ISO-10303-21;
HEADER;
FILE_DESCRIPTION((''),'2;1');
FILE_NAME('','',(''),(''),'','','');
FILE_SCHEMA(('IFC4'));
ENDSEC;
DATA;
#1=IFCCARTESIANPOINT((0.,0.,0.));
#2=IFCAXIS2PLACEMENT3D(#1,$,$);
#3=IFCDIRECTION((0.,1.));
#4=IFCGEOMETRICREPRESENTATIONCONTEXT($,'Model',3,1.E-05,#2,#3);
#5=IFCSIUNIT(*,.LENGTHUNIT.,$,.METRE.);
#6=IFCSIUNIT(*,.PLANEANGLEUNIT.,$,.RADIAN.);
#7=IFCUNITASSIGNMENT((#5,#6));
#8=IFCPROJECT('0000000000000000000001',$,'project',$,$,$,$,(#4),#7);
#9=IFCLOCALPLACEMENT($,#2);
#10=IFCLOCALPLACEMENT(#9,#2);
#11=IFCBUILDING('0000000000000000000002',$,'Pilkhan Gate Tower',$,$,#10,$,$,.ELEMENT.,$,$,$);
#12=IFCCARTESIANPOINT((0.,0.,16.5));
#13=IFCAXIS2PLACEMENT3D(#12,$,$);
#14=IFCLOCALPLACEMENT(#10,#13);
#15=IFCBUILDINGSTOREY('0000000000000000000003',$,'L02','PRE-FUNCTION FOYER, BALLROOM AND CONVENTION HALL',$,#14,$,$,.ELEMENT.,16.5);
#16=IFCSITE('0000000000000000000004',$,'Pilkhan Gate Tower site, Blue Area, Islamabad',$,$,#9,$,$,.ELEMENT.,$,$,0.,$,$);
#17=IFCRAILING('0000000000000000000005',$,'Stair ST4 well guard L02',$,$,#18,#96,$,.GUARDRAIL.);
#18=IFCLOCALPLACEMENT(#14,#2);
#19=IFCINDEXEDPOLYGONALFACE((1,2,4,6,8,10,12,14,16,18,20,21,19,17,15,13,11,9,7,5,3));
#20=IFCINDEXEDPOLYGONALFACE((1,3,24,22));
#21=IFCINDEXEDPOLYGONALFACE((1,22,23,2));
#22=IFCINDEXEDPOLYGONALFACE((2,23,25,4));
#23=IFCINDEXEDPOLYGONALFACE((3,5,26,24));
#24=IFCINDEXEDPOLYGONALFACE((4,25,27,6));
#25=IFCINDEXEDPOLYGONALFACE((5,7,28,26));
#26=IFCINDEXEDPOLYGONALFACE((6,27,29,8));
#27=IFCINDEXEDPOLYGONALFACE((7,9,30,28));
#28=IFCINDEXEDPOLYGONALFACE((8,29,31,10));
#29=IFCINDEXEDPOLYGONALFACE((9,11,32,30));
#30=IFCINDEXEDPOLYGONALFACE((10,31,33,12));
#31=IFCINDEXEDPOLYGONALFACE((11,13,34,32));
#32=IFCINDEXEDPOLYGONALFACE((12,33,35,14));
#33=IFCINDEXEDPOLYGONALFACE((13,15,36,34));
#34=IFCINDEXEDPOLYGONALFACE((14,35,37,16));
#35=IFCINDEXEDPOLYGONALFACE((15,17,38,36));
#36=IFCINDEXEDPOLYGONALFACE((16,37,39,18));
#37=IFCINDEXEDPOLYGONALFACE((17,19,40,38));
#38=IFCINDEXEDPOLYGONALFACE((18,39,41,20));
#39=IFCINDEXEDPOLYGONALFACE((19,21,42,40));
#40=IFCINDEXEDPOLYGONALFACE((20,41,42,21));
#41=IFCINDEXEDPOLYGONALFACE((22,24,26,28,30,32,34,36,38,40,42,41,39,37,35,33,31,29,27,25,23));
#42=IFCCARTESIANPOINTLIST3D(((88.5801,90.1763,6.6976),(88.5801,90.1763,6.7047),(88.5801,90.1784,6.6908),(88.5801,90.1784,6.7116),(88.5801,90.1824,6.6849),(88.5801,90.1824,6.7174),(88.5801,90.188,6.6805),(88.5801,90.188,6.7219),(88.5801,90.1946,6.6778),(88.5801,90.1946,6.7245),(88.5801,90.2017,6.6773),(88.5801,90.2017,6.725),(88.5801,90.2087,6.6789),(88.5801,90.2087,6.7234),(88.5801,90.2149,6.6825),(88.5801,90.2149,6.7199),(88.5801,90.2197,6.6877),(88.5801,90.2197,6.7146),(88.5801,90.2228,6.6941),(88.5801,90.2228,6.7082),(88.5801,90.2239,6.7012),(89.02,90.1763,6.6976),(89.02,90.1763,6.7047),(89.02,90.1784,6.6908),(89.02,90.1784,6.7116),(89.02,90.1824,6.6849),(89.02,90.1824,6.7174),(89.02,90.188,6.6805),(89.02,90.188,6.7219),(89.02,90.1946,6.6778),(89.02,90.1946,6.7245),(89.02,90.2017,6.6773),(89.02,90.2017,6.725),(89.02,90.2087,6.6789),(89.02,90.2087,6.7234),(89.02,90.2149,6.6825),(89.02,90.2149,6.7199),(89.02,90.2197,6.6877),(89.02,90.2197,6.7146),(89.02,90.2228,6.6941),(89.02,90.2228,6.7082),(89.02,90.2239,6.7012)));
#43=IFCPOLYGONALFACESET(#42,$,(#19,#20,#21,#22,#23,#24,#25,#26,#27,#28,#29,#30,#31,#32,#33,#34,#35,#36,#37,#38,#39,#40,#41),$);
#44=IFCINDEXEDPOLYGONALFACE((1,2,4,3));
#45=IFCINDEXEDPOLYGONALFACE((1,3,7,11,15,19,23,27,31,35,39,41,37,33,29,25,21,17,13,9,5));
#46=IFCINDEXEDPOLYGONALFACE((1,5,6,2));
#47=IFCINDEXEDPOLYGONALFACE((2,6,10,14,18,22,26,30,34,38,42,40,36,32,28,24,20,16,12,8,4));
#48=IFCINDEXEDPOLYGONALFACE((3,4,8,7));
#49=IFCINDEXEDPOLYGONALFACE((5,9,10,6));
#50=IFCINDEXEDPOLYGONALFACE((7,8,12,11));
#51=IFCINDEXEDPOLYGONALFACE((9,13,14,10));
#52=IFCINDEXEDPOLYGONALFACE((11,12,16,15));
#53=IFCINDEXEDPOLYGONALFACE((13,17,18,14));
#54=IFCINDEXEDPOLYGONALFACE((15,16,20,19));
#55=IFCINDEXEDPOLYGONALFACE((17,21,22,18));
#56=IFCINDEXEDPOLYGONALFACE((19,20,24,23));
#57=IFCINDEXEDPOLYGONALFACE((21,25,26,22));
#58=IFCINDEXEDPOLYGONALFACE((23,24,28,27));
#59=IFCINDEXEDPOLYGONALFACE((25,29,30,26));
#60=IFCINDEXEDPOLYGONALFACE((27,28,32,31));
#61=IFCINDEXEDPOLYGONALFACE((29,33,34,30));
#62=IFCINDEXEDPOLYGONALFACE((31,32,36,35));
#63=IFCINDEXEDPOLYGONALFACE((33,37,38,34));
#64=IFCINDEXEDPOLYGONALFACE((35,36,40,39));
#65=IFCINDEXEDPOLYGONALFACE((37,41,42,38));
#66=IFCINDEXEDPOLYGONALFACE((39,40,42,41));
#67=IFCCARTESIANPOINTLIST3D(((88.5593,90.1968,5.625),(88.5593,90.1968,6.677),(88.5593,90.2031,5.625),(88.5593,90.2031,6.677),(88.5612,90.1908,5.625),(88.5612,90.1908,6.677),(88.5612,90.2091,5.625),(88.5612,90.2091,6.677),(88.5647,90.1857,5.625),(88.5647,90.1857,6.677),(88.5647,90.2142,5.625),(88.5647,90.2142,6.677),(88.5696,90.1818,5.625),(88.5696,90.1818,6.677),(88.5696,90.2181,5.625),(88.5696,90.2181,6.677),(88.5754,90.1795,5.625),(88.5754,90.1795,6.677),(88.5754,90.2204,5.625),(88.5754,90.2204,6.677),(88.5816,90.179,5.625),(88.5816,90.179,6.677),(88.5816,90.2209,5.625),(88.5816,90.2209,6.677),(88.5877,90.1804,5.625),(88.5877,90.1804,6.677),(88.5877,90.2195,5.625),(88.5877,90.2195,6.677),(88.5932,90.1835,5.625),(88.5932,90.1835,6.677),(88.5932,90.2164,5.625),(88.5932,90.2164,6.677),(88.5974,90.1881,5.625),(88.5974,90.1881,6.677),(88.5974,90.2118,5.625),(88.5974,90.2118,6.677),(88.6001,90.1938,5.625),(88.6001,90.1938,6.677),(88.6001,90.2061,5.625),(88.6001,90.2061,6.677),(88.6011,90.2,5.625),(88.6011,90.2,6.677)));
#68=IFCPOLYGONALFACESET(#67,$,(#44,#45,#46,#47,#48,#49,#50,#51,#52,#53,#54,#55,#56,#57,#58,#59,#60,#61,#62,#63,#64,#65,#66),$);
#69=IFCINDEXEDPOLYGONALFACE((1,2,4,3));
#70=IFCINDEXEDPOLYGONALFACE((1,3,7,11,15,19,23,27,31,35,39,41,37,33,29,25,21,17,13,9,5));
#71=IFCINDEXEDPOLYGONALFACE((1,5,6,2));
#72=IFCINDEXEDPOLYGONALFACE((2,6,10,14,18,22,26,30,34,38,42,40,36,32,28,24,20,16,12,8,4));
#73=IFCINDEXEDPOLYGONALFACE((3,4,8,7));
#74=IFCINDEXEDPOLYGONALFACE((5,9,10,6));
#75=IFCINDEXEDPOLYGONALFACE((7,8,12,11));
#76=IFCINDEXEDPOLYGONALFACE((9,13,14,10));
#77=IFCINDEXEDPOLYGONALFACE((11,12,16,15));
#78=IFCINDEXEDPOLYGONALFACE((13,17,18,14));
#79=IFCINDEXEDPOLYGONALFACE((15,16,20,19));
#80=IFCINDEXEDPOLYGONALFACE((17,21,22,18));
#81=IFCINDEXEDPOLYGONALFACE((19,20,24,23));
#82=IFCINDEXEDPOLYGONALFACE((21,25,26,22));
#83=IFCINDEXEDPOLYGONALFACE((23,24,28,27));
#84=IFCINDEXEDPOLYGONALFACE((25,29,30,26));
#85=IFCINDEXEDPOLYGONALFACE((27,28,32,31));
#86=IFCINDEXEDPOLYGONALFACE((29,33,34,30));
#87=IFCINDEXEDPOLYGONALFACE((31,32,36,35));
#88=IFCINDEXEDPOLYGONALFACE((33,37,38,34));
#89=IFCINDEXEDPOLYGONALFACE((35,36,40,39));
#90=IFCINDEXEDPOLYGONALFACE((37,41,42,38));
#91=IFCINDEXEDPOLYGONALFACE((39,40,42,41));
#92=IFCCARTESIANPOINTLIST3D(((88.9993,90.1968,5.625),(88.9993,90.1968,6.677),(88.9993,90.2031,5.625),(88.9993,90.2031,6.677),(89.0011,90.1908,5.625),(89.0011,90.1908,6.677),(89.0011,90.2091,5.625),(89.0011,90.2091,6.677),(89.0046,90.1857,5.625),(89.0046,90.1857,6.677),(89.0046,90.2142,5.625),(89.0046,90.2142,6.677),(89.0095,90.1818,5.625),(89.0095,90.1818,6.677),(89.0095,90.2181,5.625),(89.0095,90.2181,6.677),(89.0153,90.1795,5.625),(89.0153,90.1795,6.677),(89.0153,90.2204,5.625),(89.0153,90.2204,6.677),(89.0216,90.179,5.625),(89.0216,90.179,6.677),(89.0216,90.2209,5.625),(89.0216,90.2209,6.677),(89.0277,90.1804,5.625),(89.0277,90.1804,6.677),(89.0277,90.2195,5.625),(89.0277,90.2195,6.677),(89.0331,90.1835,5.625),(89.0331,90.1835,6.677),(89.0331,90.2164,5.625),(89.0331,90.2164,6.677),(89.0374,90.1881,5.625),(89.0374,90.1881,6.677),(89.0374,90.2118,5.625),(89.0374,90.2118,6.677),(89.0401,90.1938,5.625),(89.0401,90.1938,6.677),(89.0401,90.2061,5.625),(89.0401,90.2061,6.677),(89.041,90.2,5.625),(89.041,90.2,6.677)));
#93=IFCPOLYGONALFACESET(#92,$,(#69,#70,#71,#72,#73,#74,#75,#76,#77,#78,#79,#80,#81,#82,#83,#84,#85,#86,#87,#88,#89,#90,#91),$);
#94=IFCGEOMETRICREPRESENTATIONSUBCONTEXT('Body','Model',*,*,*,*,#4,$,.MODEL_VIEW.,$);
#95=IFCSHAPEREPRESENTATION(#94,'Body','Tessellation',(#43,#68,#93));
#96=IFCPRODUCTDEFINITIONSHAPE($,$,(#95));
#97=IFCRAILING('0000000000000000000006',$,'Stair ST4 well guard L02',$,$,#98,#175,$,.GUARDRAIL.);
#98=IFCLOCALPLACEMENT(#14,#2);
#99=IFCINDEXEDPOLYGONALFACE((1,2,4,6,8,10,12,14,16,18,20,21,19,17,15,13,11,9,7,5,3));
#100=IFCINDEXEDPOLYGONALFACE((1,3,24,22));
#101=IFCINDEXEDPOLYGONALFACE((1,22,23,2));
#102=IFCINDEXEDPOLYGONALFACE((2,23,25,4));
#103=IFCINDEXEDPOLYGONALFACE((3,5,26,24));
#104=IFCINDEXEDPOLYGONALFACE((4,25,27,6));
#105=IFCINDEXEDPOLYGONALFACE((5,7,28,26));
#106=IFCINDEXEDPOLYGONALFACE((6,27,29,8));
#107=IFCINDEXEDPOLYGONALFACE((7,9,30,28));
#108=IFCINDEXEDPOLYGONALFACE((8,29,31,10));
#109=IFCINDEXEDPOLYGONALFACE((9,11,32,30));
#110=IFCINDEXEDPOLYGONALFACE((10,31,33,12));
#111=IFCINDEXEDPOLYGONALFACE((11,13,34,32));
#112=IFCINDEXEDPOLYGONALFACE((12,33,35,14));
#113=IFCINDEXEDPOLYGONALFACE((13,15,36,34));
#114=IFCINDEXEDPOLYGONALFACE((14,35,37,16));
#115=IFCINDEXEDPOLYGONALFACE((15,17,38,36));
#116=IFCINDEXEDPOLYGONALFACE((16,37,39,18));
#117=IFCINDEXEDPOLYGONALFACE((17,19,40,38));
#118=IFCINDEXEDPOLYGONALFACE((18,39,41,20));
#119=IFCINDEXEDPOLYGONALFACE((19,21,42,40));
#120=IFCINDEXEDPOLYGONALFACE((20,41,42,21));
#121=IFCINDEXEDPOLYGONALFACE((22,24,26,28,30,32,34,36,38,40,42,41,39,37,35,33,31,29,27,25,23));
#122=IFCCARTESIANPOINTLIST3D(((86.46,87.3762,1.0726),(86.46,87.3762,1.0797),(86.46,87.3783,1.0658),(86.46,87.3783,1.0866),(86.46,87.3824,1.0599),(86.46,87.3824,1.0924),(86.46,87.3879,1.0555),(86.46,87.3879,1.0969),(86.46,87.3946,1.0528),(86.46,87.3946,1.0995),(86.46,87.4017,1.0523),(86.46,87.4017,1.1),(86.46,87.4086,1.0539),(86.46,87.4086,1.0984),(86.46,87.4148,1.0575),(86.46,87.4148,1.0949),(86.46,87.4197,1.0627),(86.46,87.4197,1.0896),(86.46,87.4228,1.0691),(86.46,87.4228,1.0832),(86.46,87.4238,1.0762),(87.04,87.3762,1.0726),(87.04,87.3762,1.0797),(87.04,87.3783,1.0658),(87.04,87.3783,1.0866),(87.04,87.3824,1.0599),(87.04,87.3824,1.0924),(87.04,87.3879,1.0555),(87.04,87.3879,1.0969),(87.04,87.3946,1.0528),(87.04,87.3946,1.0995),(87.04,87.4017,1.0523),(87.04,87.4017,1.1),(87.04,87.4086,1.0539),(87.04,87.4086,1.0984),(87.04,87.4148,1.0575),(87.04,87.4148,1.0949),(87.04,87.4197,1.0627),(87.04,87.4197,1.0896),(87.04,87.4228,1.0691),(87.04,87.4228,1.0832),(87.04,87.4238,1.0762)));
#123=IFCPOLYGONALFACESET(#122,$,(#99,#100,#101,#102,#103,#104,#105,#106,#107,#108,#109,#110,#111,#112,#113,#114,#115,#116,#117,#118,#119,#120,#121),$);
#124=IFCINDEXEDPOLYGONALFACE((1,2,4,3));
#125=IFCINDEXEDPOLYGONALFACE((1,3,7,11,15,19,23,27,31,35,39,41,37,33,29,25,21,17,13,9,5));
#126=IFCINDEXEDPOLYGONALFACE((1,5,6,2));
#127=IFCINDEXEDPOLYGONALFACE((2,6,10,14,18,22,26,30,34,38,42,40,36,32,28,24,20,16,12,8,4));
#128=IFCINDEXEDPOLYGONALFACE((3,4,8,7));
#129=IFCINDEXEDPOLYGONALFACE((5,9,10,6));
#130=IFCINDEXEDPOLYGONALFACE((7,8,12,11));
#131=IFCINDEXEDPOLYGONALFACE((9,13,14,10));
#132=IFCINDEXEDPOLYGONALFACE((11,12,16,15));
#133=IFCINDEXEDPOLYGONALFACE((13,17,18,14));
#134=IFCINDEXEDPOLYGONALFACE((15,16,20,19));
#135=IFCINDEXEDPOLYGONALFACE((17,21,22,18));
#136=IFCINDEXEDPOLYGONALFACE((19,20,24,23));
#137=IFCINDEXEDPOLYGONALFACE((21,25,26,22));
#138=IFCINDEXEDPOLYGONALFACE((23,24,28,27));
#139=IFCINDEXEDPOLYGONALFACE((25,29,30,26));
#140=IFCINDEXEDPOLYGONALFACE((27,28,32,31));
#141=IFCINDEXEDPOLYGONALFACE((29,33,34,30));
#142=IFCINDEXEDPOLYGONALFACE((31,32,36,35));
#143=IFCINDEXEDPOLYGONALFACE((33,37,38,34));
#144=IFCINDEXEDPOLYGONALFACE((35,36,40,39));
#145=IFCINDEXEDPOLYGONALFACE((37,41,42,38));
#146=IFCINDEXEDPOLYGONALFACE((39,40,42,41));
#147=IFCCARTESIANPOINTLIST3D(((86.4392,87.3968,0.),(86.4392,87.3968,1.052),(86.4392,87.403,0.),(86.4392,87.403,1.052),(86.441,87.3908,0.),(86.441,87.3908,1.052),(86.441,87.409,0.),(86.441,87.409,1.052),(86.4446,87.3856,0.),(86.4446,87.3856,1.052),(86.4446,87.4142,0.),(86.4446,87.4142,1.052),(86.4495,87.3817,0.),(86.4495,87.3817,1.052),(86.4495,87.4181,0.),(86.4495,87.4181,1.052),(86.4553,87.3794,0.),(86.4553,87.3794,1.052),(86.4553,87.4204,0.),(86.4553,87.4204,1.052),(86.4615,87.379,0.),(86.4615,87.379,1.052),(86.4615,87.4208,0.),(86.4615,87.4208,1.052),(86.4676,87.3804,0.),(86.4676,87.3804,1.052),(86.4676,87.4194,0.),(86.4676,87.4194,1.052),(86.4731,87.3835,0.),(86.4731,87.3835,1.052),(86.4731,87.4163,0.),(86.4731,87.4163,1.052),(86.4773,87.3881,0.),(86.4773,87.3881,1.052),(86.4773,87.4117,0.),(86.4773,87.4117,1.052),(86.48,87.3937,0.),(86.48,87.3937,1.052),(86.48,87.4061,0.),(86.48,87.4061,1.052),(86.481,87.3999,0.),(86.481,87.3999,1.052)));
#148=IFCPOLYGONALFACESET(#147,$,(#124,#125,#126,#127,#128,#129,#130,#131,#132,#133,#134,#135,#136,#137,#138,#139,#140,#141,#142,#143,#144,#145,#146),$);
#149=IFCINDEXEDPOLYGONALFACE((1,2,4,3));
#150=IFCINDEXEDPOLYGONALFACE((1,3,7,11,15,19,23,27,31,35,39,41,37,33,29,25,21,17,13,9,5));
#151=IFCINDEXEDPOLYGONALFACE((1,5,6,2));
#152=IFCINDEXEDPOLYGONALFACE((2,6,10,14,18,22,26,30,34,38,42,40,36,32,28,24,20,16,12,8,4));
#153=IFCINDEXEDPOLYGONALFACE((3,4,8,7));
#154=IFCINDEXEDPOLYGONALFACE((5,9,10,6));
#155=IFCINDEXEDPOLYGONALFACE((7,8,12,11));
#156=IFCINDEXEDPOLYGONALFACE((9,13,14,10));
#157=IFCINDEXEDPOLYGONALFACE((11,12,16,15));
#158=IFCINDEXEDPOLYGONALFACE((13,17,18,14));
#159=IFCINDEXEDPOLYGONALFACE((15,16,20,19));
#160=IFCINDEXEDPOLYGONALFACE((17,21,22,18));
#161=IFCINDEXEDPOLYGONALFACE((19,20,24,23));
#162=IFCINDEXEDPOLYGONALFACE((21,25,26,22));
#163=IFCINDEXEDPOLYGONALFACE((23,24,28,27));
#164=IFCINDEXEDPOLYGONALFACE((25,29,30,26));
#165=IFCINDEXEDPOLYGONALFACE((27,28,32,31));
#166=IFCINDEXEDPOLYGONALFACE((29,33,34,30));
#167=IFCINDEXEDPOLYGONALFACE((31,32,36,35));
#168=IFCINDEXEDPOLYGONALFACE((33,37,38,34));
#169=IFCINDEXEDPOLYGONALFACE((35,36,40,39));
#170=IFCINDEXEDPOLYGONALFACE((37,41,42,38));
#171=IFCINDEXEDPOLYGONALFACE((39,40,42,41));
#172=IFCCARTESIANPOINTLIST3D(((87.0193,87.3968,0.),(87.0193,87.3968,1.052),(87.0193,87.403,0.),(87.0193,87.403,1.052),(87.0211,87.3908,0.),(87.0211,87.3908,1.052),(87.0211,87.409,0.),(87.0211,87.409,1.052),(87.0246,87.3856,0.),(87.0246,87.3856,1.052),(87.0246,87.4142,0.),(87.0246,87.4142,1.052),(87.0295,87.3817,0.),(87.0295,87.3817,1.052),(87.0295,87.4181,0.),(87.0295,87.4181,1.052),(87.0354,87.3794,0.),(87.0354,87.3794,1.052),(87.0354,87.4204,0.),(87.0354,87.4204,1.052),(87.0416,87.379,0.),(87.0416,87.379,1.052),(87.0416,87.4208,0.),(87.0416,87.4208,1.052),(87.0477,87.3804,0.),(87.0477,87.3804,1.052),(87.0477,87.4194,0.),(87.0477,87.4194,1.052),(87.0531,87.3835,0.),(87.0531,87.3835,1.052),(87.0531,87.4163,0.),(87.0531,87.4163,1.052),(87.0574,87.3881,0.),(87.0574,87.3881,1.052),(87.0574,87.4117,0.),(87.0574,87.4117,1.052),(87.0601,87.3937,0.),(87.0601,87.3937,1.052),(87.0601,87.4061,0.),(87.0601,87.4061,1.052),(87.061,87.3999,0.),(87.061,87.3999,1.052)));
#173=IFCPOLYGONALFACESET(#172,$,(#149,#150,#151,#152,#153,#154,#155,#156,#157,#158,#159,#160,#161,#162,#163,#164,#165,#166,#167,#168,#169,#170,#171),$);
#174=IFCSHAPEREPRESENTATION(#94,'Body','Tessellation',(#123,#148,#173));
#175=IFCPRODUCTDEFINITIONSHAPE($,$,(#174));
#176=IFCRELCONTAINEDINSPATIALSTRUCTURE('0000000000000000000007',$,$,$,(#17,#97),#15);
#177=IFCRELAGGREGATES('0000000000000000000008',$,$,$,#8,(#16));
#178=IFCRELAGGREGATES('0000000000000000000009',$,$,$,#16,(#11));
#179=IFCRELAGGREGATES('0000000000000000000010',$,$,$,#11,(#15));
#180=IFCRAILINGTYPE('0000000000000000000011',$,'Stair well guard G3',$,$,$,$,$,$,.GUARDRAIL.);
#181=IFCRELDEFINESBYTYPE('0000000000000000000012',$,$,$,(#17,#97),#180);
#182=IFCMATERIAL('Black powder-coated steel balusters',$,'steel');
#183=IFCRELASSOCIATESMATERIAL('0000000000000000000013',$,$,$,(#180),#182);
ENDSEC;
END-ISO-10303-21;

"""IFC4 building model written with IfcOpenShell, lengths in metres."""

from ifc_helpers import new_model, si_unit, direction, frame, origin, origin_2d, place, context, subcontext, project, spatial, circle, extrude, material, type_object, element, save


model = new_model("IFC4")

# Units and contexts
model_context = context("Model", 3, precision=1e-05, world=origin(), true_north=direction((0.0, 1.0)))
body_context = subcontext(model_context, "Body", "Model", "MODEL_VIEW")
ifc_project = project(units=[si_unit("LENGTHUNIT", "METRE"), si_unit("PLANEANGLEUNIT", "RADIAN")], contexts=[model_context])

# Site, building, storey
site_placement = place(None, origin())
site = spatial("IfcSite", under=ifc_project, at=site_placement, Name="Pilkhan Gate Tower site, Blue Area, Islamabad", CompositionType="ELEMENT", RefElevation=0.0)
building_placement = place(site_placement, origin())
building = spatial("IfcBuilding", under=site, at=building_placement, Name="Pilkhan Gate Tower", CompositionType="ELEMENT")
storey_placement = place(building_placement, frame((0.0, 0.0, 16.5)))
storey = spatial("IfcBuildingStorey", under=building, at=storey_placement, Name="L02", Description="PRE-FUNCTION FOYER, BALLROOM AND CONVENTION HALL", CompositionType="ELEMENT", Elevation=16.5)

# Railings
ifc_material_1 = material(Name="Black powder-coated steel balusters", Category="steel")
railing_type_1 = type_object("IfcRailingType", Name="Stair well guard G3", PredefinedType="GUARDRAIL", material=ifc_material_1)
for number, where, name in (
    (1, (88.5801, 90.2, 5.625), "Stair ST4 well guard L02"),
):
    element("IfcRailing", number, at=place(storey_placement, frame(where)), inside=storey, type_object=railing_type_1, Name=name, PredefinedType="GUARDRAIL", context=body_context, shape_type="SweptSolid", body=[
        extrude(circle(Radius=0.0239, at=origin_2d()), frame((0.0, 0.0, 1.0762), z_axis=(1.0, 0.0, 0.0), x_axis=(0.0, 1.0, 0.0)), (0.0, 0.0, 1.0), 0.4399),
        extrude(circle(Radius=0.021, at=origin_2d()), origin(), (0.0, 0.0, 1.0), 1.052),
        extrude(circle(Radius=0.021, at=origin_2d()), frame((0.4399, 0.0, 0.0)), (0.0, 0.0, 1.0), 1.052),
    ])
for number, where, name in (
    (2, (86.46, 87.3999, 0.0), "Stair ST4 well guard L02"),
):
    element("IfcRailing", number, at=place(storey_placement, frame(where)), inside=storey, type_object=railing_type_1, Name=name, PredefinedType="GUARDRAIL", context=body_context, shape_type="SweptSolid", body=[
        extrude(circle(Radius=0.0239, at=origin_2d()), frame((0.0, 0.0, 1.0762), z_axis=(1.0, 0.0, 0.0), x_axis=(0.0, 1.0, 0.0)), (0.0, 0.0, 1.0), 0.5801),
        extrude(circle(Radius=0.021, at=origin_2d()), origin(), (0.0, 0.0, 1.0), 1.052),
        extrude(circle(Radius=0.021, at=origin_2d()), frame((0.5801, 0.0, 0.0)), (0.0, 0.0, 1.0), 1.052),
    ])

save(model, "model.ifc")
